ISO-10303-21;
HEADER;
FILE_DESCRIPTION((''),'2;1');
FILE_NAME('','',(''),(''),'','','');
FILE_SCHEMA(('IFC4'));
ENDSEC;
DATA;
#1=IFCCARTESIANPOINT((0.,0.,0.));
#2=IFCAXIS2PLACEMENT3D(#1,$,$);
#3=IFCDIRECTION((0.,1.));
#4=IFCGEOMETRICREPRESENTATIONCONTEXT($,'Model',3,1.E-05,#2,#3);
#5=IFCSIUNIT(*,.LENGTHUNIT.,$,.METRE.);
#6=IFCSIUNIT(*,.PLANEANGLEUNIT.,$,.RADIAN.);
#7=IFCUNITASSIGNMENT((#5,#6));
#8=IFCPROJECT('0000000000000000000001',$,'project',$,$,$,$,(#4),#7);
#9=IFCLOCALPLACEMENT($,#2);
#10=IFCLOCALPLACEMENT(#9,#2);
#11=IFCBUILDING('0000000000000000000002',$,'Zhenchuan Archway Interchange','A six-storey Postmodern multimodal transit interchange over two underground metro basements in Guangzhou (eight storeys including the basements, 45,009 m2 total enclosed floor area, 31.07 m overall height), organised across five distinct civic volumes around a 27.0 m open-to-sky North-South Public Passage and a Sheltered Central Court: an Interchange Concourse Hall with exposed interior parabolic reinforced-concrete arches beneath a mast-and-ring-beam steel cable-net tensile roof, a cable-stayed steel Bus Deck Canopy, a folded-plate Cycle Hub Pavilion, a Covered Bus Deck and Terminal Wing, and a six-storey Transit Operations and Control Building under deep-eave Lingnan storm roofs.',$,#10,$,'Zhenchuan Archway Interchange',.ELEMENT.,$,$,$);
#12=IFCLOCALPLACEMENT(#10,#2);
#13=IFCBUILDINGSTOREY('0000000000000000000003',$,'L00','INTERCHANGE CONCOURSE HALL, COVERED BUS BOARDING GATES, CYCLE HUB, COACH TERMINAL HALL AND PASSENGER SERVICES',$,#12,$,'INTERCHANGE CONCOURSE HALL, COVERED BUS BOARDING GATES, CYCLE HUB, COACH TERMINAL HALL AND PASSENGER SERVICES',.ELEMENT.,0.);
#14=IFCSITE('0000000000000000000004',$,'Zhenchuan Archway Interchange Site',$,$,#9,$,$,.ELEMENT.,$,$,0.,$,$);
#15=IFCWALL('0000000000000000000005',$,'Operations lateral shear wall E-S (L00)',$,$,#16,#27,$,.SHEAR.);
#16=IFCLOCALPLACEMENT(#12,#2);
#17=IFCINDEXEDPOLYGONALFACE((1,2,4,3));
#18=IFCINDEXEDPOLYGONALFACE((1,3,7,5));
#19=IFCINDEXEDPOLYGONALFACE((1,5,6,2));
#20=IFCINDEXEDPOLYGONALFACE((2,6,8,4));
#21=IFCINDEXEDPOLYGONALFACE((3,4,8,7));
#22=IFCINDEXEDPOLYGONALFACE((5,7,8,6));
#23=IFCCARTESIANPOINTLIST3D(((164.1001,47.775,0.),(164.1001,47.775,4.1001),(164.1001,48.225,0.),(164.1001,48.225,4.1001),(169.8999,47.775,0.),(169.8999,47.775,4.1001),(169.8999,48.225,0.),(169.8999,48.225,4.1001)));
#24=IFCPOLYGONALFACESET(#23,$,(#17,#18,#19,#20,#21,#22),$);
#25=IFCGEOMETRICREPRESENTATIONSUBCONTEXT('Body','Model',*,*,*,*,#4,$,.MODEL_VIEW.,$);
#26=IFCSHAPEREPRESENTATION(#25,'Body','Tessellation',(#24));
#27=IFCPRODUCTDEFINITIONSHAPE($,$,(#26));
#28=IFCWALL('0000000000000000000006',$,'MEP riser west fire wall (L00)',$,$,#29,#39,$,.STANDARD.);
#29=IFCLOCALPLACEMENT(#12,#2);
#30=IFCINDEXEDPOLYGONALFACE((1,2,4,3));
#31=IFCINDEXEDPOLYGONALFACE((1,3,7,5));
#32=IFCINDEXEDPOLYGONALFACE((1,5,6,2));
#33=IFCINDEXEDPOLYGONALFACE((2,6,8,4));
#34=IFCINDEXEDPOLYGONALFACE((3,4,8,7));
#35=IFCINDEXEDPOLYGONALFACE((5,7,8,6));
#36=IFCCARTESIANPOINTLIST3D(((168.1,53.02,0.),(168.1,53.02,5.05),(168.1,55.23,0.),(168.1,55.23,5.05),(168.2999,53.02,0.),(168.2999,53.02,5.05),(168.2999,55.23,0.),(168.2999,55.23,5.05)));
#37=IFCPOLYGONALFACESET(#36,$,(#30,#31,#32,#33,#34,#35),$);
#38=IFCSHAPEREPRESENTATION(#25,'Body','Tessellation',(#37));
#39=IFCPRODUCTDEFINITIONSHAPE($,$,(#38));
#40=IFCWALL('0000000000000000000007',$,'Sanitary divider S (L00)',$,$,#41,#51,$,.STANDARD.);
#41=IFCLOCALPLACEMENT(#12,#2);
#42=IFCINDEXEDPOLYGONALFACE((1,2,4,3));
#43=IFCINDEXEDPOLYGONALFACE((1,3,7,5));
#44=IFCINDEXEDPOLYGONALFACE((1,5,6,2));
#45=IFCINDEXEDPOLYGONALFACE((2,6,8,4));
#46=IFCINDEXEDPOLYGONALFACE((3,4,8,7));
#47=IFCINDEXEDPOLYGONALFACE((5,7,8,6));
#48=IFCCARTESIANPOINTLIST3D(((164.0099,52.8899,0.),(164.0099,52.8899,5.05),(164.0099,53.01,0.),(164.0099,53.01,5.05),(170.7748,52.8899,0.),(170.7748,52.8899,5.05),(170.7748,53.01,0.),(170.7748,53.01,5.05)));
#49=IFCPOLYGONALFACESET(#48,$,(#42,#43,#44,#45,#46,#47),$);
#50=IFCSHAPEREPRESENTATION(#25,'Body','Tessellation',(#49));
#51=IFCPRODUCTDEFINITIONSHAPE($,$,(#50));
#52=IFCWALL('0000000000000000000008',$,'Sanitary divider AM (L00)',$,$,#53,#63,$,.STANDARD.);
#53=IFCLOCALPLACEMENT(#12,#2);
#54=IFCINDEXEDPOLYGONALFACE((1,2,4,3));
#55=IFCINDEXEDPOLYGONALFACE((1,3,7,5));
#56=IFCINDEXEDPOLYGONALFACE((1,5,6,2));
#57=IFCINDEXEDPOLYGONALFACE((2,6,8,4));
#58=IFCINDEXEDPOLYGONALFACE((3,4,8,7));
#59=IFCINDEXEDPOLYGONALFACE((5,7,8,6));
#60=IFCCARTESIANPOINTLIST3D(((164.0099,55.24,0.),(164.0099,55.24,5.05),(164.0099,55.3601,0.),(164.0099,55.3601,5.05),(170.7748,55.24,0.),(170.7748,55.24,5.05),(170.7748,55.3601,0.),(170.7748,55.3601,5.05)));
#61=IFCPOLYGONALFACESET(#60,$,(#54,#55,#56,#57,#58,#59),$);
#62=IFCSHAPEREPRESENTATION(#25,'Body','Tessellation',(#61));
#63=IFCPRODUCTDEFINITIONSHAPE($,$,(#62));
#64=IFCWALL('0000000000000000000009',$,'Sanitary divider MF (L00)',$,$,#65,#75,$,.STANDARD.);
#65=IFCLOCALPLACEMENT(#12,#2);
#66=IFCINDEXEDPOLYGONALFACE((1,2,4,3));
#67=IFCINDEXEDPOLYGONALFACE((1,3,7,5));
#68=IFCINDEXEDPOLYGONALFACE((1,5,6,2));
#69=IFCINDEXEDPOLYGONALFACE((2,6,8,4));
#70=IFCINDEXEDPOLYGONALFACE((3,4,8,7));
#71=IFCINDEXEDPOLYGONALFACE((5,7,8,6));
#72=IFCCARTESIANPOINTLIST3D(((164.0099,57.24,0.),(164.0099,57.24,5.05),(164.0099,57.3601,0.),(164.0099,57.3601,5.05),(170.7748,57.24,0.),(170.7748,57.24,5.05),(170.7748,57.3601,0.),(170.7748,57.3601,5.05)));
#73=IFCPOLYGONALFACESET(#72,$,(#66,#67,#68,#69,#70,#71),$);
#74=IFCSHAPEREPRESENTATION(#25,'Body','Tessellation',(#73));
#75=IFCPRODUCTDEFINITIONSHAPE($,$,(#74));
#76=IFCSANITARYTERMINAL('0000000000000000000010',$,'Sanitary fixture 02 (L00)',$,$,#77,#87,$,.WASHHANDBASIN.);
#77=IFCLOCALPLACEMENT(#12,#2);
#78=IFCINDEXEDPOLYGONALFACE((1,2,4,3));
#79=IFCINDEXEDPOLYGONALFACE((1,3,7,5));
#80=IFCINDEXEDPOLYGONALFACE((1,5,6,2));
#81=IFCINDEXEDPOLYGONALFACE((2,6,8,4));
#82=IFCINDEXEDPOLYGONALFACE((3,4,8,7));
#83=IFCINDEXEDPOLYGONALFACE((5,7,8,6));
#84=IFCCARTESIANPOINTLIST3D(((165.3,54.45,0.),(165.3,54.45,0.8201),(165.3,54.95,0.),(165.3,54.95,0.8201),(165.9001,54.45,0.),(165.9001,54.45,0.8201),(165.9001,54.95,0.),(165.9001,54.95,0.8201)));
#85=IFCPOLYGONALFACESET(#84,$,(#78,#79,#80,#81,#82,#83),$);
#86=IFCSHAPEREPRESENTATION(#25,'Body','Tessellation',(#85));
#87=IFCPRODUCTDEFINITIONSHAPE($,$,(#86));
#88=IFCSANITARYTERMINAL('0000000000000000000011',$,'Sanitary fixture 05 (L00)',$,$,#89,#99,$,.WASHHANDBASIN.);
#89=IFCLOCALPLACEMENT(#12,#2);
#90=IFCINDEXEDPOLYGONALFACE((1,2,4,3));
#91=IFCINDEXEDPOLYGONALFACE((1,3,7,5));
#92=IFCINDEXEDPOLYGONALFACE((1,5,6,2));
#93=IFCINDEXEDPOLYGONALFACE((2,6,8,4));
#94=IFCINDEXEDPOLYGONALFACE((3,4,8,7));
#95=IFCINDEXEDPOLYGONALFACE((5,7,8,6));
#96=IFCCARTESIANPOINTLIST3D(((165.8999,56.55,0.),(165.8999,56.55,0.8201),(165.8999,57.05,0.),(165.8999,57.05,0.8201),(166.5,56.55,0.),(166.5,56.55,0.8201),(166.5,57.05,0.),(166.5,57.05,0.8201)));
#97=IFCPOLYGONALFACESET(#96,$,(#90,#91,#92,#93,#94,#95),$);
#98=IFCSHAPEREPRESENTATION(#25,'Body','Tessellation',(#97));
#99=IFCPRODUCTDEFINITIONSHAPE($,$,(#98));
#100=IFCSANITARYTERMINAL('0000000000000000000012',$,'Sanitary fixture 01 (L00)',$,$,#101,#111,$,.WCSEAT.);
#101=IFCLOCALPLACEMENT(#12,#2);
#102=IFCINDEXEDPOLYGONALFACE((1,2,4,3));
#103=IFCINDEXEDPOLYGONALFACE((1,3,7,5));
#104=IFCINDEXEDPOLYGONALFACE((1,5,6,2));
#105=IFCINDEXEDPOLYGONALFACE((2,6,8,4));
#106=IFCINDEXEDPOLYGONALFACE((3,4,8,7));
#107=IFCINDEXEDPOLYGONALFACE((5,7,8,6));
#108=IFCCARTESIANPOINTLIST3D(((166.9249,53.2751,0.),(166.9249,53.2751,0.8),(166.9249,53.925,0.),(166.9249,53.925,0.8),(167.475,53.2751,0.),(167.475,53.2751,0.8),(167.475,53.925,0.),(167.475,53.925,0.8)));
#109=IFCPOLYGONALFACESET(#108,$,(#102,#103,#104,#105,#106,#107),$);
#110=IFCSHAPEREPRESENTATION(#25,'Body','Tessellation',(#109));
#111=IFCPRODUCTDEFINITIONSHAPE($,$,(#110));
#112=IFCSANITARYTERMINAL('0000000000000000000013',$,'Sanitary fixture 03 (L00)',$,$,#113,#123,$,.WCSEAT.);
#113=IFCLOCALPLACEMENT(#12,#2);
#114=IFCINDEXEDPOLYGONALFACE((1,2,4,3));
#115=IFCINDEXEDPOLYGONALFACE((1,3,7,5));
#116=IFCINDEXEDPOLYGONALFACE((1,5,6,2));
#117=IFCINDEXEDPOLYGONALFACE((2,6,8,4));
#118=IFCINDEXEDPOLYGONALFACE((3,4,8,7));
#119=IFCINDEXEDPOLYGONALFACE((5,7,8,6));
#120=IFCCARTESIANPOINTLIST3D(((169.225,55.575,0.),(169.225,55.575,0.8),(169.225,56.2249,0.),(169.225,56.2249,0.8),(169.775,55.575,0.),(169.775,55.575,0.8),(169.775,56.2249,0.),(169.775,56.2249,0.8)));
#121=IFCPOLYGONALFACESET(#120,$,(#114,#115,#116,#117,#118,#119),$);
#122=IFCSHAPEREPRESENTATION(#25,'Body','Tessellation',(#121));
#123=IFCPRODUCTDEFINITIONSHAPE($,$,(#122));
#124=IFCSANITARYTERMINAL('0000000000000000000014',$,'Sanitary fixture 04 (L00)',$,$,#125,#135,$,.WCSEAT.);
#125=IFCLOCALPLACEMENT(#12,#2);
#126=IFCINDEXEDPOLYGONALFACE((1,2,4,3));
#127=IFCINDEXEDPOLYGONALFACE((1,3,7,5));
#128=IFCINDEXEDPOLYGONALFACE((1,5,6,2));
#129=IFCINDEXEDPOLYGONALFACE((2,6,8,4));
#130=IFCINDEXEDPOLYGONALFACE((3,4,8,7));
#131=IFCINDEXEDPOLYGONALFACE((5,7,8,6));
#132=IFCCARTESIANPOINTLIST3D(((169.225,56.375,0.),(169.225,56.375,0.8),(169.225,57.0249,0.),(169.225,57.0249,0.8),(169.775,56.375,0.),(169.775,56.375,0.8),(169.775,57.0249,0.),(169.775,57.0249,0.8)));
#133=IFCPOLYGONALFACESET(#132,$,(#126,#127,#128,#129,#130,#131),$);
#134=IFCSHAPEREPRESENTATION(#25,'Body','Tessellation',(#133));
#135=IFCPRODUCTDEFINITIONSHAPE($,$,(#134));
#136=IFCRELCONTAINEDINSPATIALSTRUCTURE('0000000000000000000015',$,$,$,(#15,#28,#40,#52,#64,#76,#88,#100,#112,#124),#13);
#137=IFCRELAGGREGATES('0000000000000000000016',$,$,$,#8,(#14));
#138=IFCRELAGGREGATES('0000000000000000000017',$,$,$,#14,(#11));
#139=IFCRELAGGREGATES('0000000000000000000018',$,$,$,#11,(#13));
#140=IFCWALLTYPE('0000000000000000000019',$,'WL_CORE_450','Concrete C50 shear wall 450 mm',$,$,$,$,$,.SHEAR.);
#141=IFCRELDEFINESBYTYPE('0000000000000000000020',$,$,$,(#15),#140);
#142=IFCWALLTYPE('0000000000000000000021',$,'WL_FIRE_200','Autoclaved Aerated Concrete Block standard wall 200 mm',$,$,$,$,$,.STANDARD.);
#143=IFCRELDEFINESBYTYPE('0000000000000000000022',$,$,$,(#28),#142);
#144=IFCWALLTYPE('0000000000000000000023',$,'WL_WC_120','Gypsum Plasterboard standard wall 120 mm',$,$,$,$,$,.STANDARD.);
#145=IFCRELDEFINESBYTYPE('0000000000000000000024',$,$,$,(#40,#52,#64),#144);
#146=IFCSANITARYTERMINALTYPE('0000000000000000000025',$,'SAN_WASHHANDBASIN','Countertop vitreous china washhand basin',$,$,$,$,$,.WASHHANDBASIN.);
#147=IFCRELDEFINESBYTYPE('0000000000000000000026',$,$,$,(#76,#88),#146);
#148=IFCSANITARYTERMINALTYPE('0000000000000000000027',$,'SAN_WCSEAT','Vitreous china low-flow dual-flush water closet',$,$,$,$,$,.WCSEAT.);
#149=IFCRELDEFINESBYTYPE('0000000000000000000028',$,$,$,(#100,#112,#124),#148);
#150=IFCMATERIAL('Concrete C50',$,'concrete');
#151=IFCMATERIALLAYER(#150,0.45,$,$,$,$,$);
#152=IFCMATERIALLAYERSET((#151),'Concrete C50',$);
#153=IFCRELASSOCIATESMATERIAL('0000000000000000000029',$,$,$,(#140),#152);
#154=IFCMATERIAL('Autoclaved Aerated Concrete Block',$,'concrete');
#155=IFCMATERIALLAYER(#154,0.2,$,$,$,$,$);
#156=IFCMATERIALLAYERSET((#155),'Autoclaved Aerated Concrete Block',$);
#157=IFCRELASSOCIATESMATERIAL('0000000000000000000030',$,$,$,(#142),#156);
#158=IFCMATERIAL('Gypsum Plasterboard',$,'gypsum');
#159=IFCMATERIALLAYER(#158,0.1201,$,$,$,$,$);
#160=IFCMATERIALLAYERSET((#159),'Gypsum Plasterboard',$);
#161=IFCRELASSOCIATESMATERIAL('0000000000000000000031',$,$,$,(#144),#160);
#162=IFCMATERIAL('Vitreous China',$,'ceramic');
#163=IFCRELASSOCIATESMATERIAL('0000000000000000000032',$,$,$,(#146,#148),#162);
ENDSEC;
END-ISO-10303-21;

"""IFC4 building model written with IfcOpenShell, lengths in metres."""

from ifc_helpers import new_model, si_unit, direction, frame, frame_2d, origin, origin_2d, place, context, subcontext, project, spatial, rectangle, extrude, material, layer, layer_set, type_object, element, save


model = new_model("IFC4")

# Units and contexts
model_context = context("Model", 3, precision=1e-05, world=origin(), true_north=direction((0.0, 1.0)))
body_context = subcontext(model_context, "Body", "Model", "MODEL_VIEW")
ifc_project = project(units=[si_unit("LENGTHUNIT", "METRE"), si_unit("PLANEANGLEUNIT", "RADIAN")], contexts=[model_context])

# Site, building, storey
site_placement = place(None, origin())
site = spatial("IfcSite", under=ifc_project, at=site_placement, Name="Zhenchuan Archway Interchange Site", CompositionType="ELEMENT", RefElevation=0.0)
building_placement = place(site_placement, origin())
building = spatial("IfcBuilding", under=site, at=building_placement, Name="Zhenchuan Archway Interchange", Description="A six-storey Postmodern multimodal transit interchange over two underground metro basements in Guangzhou (eight storeys including the basements, 45,009 m2 total enclosed floor area, 31.07 m overall height), organised across five distinct civic volumes around a 27.0 m open-to-sky North-South Public Passage and a Sheltered Central Court: an Interchange Concourse Hall with exposed interior parabolic reinforced-concrete arches beneath a mast-and-ring-beam steel cable-net tensile roof, a cable-stayed steel Bus Deck Canopy, a folded-plate Cycle Hub Pavilion, a Covered Bus Deck and Terminal Wing, and a six-storey Transit Operations and Control Building under deep-eave Lingnan storm roofs.", LongName="Zhenchuan Archway Interchange", CompositionType="ELEMENT")
storey_placement = place(building_placement, origin())
storey = spatial("IfcBuildingStorey", under=building, at=storey_placement, Name="L00", Description="INTERCHANGE CONCOURSE HALL, COVERED BUS BOARDING GATES, CYCLE HUB, COACH TERMINAL HALL AND PASSENGER SERVICES", LongName="INTERCHANGE CONCOURSE HALL, COVERED BUS BOARDING GATES, CYCLE HUB, COACH TERMINAL HALL AND PASSENGER SERVICES", CompositionType="ELEMENT", Elevation=0.0)

# Shared definitions
ifc_material_1 = material(Name="Concrete C50", Category="concrete")

# Walls
ifc_layer_1 = layer(ifc_material_1, 0.45)
ifc_layer_set_1 = layer_set([ifc_layer_1], Name="Concrete C50")
wall_type_1 = type_object("IfcWallType", Name="WL_CORE_450", Description="Concrete C50 shear wall 450 mm", PredefinedType="SHEAR", material=ifc_layer_set_1)
wall_1_placement = place(storey_placement, frame((164.1001, 48.0, 0.0), z_axis=(0.0, 0.0, 1.0), x_axis=(1.0, 0.0, 0.0)))
element("IfcWall", 1, at=wall_1_placement, inside=storey, type_object=wall_type_1, Name="Operations lateral shear wall E-S (L00)", PredefinedType="SHEAR", context=body_context, shape_type="SweptSolid", body=[
    extrude(rectangle(XDim=5.7998, YDim=0.45, at=frame_2d((2.8999, 0.0))), origin(), (0.0, 0.0, 1.0), 4.1001),
])
ifc_material_2 = material(Name="Autoclaved Aerated Concrete Block", Category="concrete")
ifc_layer_2 = layer(ifc_material_2, 0.2)
ifc_layer_set_2 = layer_set([ifc_layer_2], Name="Autoclaved Aerated Concrete Block")
wall_type_2 = type_object("IfcWallType", Name="WL_FIRE_200", Description="Autoclaved Aerated Concrete Block standard wall 200 mm", PredefinedType="STANDARD", material=ifc_layer_set_2)
wall_2_placement = place(storey_placement, frame((168.2, 53.02, 0.0), z_axis=(0.0, 0.0, 1.0), x_axis=(0.0, 1.0, 0.0)))
element("IfcWall", 2, at=wall_2_placement, inside=storey, type_object=wall_type_2, Name="MEP riser west fire wall (L00)", PredefinedType="STANDARD", context=body_context, shape_type="SweptSolid", body=[
    extrude(rectangle(XDim=2.21, YDim=0.2, at=frame_2d((1.105, 0.0))), origin(), (0.0, 0.0, 1.0), 5.05),
])
ifc_material_3 = material(Name="Gypsum Plasterboard", Category="gypsum")
ifc_layer_3 = layer(ifc_material_3, 0.1201)
ifc_layer_set_3 = layer_set([ifc_layer_3], Name="Gypsum Plasterboard")
wall_type_3 = type_object("IfcWallType", Name="WL_WC_120", Description="Gypsum Plasterboard standard wall 120 mm", PredefinedType="STANDARD", material=ifc_layer_set_3)
for number, where, z_axis, x_axis, name in (
    (3, (164.01, 52.95, 0.0), (0.0, 0.0, 1.0), (1.0, 0.0, 0.0), "Sanitary divider S (L00)"),
    (4, (164.01, 55.3, 0.0), (0.0, 0.0, 1.0), (1.0, 0.0, 0.0), "Sanitary divider AM (L00)"),
    (5, (164.01, 57.3, 0.0), (0.0, 0.0, 1.0), (1.0, 0.0, 0.0), "Sanitary divider MF (L00)"),
):
    element("IfcWall", number, at=place(storey_placement, frame(where, z_axis=z_axis, x_axis=x_axis)), inside=storey, type_object=wall_type_3, Name=name, PredefinedType="STANDARD", context=body_context, shape_type="SweptSolid", body=[
        extrude(rectangle(XDim=6.7649, YDim=0.1201, at=frame_2d((3.3823, 0.0))), origin(), (0.0, 0.0, 1.0), 5.05),
    ])

# Sanitary terminals
ifc_material_4 = material(Name="Vitreous China", Category="ceramic")
sanitary_terminal_type_1 = type_object("IfcSanitaryTerminalType", Name="SAN_WASHHANDBASIN", Description="Countertop vitreous china washhand basin", PredefinedType="WASHHANDBASIN", material=ifc_material_4)
for number, where, z_axis, x_axis, name in (
    (6, (165.6001, 54.7, 0.0), (0.0, 0.0, 1.0), (1.0, 0.0, 0.0), "Sanitary fixture 02 (L00)"),
    (7, (166.2, 56.8, 0.0), (0.0, 0.0, 1.0), (1.0, 0.0, 0.0), "Sanitary fixture 05 (L00)"),
):
    element("IfcSanitaryTerminal", number, at=place(storey_placement, frame(where, z_axis=z_axis, x_axis=x_axis)), inside=storey, type_object=sanitary_terminal_type_1, Name=name, PredefinedType="WASHHANDBASIN", context=body_context, shape_type="SweptSolid", body=[
        extrude(rectangle(XDim=0.6001, YDim=0.5, at=origin_2d()), origin(), (0.0, 0.0, 1.0), 0.8201),
    ])
sanitary_terminal_type_2 = type_object("IfcSanitaryTerminalType", Name="SAN_WCSEAT", Description="Vitreous china low-flow dual-flush water closet", PredefinedType="WCSEAT", material=ifc_material_4)
for number, where, z_axis, x_axis, name in (
    (8, (167.2, 53.6001, 0.0), (0.0, 0.0, 1.0), (1.0, 0.0, 0.0), "Sanitary fixture 01 (L00)"),
    (9, (169.5, 55.8999, 0.0), (0.0, 0.0, 1.0), (1.0, 0.0, 0.0), "Sanitary fixture 03 (L00)"),
    (10, (169.5, 56.7, 0.0), (0.0, 0.0, 1.0), (1.0, 0.0, 0.0), "Sanitary fixture 04 (L00)"),
):
    element("IfcSanitaryTerminal", number, at=place(storey_placement, frame(where, z_axis=z_axis, x_axis=x_axis)), inside=storey, type_object=sanitary_terminal_type_2, Name=name, PredefinedType="WCSEAT", context=body_context, shape_type="SweptSolid", body=[
        extrude(rectangle(XDim=0.55, YDim=0.6499, at=origin_2d()), origin(), (0.0, 0.0, 1.0), 0.8),
    ])

save(model, "model.ifc")
